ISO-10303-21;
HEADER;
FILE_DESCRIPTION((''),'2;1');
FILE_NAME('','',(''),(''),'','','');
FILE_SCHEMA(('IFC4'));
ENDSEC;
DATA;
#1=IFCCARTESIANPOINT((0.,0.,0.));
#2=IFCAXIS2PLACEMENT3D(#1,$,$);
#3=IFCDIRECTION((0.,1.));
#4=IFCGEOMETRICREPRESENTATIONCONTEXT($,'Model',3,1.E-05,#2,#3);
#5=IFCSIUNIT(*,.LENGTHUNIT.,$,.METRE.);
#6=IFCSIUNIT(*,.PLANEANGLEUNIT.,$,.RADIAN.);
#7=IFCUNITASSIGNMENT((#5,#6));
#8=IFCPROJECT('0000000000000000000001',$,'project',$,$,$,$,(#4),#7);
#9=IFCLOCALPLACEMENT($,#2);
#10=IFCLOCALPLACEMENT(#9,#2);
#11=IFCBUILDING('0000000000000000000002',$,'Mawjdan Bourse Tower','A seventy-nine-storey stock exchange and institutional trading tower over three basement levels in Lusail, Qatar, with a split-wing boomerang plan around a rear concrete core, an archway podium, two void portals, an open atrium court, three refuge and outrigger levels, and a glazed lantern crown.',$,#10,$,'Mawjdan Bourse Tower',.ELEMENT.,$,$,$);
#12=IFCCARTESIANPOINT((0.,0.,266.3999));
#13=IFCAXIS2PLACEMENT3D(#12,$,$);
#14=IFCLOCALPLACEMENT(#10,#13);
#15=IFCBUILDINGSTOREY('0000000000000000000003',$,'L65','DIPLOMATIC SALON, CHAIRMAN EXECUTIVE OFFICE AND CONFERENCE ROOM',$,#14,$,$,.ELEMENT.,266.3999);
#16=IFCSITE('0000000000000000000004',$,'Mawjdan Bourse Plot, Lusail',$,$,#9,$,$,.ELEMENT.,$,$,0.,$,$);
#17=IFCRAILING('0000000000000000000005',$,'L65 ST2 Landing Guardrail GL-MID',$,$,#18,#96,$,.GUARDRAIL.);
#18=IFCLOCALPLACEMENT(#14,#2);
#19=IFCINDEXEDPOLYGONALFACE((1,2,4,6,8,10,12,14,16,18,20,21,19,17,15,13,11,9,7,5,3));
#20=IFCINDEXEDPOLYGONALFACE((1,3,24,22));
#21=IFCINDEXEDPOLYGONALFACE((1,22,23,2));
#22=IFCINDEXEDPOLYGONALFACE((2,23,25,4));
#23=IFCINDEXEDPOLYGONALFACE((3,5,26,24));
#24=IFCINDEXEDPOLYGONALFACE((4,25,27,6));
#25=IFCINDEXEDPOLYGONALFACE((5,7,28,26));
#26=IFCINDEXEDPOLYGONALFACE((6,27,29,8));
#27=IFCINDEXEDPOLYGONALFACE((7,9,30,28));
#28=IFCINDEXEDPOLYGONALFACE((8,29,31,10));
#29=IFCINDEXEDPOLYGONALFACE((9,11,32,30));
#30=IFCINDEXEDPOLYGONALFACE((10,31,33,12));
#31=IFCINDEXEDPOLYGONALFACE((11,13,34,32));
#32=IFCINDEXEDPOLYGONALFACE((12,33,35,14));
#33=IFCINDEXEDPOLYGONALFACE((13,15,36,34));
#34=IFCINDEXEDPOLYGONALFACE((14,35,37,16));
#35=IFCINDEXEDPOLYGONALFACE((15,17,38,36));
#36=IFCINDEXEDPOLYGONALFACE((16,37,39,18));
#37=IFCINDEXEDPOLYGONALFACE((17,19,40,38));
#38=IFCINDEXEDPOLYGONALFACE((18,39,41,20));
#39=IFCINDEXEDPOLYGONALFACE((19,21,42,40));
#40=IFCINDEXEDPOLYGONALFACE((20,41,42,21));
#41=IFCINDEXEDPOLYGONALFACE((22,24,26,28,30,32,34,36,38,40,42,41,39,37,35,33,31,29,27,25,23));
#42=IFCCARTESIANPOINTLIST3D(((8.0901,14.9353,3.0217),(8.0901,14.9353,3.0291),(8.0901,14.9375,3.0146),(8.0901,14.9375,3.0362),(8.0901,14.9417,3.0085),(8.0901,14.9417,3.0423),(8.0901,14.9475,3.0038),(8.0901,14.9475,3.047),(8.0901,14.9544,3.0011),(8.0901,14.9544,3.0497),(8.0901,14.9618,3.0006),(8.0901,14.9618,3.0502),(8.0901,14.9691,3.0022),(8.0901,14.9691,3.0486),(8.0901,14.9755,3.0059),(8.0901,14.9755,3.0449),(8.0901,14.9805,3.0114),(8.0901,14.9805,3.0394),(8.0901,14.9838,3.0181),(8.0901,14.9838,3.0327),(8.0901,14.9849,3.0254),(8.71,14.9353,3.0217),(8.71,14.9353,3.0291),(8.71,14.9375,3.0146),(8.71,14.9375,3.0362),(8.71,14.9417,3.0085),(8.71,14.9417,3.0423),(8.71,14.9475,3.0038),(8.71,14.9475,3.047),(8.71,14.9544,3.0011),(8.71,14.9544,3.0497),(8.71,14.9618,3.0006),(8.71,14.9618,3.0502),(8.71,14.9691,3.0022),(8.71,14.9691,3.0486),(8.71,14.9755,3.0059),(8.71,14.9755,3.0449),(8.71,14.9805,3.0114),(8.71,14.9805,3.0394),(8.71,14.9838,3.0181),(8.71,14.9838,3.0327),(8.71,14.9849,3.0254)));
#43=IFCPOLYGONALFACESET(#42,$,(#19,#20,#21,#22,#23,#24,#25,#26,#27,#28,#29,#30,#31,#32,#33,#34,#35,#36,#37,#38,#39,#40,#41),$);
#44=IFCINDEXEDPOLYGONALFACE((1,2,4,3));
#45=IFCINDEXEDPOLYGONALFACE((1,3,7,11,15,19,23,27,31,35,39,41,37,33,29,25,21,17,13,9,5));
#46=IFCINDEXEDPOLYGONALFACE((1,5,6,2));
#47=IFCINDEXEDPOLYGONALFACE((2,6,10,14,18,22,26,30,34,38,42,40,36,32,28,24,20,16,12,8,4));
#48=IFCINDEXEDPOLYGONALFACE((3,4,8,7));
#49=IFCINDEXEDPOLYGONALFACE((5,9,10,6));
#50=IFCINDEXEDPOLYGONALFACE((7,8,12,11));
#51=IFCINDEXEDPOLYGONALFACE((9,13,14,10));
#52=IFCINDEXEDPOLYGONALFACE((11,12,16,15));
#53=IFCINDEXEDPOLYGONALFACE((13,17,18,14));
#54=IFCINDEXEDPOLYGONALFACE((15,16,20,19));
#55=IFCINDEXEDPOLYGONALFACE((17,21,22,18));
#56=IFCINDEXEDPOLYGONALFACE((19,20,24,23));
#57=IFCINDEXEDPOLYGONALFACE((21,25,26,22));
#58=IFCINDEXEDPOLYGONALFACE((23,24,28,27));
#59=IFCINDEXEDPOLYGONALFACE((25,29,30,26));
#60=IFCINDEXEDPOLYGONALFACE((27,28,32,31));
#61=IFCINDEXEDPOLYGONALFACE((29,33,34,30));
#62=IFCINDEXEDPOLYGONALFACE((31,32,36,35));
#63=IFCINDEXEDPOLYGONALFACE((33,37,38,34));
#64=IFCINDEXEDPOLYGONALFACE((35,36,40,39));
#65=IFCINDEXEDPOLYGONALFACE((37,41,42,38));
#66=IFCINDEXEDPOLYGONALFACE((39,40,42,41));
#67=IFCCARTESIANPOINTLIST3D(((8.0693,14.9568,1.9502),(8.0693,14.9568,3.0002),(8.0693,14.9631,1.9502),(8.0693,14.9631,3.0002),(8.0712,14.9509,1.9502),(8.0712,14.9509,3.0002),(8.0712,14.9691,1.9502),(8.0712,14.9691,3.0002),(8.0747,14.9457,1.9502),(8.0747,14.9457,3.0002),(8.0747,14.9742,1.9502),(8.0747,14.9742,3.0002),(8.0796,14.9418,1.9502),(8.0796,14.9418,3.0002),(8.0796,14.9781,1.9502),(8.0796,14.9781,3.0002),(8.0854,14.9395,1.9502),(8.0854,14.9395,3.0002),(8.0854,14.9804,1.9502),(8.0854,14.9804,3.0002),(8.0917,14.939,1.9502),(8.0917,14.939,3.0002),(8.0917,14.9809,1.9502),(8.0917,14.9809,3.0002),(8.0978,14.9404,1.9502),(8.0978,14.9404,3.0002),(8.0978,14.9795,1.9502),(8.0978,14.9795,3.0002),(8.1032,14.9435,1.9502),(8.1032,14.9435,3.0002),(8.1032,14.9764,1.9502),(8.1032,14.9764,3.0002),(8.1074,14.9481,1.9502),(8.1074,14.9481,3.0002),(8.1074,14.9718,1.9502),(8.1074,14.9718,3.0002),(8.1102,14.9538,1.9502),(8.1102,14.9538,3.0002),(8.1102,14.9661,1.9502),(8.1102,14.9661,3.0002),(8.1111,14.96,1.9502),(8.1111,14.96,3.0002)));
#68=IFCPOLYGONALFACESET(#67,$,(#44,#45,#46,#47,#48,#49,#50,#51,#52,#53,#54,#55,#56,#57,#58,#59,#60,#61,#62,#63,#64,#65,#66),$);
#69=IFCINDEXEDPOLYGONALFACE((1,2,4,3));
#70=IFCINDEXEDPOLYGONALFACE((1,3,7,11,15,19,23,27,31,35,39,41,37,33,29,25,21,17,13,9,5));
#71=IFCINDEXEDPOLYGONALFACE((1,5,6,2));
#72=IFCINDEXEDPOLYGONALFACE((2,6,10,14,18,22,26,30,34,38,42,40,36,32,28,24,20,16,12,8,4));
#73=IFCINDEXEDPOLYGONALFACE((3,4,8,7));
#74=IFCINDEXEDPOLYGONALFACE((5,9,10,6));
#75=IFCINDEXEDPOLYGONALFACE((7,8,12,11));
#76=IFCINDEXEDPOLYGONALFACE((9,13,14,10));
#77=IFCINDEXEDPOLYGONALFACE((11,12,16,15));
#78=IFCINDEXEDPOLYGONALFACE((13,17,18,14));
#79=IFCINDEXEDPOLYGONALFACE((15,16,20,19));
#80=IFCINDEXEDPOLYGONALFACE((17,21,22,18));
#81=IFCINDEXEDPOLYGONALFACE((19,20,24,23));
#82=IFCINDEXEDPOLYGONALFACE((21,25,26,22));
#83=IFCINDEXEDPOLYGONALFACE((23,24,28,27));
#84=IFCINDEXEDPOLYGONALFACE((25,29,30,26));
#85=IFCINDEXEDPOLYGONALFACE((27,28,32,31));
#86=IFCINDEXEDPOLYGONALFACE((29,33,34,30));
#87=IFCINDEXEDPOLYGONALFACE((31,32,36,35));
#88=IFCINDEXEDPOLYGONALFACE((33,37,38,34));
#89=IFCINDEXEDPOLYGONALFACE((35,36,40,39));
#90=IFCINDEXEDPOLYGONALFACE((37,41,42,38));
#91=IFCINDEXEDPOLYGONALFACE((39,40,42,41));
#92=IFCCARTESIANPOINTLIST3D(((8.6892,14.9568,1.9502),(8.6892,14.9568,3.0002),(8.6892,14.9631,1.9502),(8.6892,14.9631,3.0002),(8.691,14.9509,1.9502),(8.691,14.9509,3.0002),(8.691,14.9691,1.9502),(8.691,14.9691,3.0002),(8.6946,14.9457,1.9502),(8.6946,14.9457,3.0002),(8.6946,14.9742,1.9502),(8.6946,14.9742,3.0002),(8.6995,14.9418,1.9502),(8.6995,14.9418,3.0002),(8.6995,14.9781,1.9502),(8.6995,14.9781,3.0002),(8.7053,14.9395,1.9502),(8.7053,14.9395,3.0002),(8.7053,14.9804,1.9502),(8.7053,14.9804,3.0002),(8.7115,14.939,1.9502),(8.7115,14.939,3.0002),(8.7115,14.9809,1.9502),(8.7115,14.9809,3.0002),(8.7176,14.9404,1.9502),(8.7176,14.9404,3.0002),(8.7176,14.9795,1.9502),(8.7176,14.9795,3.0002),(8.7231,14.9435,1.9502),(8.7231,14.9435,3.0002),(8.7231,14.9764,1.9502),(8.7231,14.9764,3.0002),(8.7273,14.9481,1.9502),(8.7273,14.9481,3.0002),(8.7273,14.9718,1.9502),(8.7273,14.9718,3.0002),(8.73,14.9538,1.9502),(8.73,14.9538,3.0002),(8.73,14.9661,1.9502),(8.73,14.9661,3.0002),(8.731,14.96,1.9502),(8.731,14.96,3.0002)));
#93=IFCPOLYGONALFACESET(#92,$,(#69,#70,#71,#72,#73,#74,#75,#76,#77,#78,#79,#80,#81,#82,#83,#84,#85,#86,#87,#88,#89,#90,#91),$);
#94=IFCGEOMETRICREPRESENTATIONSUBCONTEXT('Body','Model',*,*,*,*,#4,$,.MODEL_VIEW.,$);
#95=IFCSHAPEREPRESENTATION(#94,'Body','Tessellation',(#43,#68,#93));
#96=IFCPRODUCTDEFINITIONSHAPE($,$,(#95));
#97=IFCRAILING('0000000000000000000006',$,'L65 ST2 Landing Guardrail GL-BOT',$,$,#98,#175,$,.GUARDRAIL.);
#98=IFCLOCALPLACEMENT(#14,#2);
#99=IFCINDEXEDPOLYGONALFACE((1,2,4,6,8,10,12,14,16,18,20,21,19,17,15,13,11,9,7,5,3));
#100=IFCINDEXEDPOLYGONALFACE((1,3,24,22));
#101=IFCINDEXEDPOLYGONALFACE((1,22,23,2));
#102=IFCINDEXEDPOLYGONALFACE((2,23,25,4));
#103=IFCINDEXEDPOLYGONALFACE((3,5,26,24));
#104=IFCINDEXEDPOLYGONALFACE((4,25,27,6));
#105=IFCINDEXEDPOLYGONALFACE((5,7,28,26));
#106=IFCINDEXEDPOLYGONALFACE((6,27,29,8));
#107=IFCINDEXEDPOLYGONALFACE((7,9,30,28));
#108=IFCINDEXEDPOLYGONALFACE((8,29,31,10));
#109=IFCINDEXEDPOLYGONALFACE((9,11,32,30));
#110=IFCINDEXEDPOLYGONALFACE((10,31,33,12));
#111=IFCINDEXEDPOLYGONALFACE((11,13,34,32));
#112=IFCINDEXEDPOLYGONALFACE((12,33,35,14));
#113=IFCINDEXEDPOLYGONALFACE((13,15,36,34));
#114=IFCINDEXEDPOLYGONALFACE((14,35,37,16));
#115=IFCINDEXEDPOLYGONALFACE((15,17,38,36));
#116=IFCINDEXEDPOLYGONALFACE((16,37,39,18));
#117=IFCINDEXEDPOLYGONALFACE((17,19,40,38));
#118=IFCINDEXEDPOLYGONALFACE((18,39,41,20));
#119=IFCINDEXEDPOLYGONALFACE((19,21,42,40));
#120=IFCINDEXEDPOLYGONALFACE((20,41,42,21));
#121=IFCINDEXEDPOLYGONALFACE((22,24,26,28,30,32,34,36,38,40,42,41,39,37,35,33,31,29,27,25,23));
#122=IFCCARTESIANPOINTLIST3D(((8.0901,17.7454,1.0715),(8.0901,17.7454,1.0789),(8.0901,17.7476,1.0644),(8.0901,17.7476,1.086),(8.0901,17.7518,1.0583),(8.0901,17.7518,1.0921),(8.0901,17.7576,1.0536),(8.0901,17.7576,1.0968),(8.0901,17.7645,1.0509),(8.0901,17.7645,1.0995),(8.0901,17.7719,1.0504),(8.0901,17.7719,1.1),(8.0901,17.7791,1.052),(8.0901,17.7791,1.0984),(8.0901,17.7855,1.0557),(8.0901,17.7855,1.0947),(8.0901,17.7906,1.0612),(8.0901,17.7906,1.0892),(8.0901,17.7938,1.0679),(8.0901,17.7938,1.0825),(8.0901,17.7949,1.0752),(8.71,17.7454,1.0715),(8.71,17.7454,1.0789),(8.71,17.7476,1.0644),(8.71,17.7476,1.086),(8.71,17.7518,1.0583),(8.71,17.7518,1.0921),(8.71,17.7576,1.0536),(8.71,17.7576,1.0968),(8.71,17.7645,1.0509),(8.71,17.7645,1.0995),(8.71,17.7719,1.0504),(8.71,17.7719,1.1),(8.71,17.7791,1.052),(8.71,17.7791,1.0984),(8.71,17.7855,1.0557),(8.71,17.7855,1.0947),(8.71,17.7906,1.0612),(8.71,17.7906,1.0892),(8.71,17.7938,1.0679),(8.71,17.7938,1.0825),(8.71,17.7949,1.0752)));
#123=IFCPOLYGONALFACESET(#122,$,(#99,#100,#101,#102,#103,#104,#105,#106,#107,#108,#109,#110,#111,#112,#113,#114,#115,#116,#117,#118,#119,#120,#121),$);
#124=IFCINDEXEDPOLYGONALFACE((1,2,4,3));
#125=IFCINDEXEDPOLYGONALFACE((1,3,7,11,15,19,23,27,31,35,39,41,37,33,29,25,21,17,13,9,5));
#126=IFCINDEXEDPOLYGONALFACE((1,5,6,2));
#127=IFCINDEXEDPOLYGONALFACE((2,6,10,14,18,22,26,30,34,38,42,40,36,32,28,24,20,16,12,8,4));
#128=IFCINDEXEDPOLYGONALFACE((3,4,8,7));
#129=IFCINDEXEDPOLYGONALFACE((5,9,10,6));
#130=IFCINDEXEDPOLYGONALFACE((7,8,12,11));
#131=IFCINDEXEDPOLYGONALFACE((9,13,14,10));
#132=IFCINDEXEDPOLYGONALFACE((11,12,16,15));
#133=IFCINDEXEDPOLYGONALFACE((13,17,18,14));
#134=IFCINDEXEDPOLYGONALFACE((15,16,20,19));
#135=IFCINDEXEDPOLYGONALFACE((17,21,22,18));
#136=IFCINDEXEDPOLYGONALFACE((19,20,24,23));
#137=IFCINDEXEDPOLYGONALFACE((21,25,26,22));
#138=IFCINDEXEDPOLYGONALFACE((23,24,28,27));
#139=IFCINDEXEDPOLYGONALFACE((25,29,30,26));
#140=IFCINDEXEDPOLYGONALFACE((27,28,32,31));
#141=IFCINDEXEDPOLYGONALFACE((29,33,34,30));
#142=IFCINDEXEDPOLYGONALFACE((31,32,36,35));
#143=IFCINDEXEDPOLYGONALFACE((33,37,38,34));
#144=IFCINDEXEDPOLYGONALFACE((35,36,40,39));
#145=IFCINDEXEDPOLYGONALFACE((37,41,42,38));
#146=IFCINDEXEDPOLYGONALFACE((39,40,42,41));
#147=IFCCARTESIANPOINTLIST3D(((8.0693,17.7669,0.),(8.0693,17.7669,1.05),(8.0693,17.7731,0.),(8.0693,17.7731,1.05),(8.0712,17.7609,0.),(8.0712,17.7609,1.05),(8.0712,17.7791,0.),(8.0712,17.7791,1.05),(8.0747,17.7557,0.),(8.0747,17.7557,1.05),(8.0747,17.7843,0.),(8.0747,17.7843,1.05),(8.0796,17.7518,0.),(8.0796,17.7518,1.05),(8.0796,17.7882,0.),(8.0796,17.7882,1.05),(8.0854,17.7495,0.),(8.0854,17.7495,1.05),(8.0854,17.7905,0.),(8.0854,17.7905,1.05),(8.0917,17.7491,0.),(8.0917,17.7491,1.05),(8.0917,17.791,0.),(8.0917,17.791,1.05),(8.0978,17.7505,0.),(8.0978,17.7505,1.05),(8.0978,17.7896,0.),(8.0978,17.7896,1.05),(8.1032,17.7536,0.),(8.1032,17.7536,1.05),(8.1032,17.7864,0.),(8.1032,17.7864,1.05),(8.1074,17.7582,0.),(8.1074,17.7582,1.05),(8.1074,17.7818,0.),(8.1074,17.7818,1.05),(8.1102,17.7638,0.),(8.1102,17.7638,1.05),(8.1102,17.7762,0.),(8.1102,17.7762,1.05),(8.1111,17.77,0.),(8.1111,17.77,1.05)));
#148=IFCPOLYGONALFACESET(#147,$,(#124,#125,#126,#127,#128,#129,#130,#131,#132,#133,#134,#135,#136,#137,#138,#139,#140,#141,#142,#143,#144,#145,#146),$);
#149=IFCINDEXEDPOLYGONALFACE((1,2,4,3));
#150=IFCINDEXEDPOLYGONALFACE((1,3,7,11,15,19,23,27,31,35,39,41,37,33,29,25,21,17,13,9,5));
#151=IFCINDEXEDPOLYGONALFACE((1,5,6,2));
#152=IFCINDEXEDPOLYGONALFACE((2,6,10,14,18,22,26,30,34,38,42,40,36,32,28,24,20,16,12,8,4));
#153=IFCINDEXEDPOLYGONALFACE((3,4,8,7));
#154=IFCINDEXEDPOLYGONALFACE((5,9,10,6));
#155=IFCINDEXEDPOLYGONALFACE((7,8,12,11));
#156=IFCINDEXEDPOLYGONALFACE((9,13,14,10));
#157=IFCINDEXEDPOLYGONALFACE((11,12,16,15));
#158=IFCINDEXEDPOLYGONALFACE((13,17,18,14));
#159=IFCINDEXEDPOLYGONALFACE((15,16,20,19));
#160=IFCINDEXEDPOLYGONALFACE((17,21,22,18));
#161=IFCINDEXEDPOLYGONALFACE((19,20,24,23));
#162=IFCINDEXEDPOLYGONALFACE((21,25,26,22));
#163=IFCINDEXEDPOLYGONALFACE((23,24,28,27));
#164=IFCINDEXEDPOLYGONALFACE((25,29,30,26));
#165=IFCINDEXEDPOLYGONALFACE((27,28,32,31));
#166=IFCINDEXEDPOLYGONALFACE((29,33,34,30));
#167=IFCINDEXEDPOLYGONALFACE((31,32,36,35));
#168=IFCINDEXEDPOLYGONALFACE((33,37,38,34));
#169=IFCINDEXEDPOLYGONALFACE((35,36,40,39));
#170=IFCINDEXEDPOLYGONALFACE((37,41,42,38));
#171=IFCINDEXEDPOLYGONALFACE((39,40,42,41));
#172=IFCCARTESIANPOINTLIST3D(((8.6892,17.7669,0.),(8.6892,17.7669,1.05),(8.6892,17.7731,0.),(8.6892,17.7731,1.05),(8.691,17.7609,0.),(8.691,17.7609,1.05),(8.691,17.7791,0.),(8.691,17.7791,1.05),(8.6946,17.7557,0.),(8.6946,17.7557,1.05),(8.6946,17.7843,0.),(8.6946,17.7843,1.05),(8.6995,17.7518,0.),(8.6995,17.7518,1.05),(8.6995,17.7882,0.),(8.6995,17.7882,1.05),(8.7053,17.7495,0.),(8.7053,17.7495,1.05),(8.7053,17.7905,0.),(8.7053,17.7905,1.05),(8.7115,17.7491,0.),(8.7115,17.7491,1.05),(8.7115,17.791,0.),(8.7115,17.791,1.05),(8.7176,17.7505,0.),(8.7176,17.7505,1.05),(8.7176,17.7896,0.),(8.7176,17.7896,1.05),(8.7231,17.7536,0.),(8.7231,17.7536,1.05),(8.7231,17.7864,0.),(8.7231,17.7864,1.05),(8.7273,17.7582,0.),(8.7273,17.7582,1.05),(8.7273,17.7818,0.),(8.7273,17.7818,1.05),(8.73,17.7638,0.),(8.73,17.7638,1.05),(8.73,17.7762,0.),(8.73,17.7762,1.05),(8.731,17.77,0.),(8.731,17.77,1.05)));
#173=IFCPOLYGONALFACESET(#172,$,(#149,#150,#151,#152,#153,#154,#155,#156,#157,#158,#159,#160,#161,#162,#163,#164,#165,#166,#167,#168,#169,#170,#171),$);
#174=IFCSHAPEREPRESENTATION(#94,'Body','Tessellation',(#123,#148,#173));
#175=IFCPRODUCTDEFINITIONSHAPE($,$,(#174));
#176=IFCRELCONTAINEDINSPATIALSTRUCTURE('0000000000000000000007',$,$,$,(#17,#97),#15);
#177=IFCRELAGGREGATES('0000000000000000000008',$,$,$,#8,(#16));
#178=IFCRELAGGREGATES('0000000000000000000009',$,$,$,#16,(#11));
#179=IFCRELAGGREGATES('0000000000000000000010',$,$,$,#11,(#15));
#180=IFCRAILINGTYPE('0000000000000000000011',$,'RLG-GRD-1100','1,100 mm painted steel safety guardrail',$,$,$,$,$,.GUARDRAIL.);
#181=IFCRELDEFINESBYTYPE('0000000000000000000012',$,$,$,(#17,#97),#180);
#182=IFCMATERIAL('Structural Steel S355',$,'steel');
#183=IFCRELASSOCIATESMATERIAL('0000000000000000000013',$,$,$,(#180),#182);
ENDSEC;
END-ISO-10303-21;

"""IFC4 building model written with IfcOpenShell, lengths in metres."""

from ifc_helpers import new_model, si_unit, direction, frame, origin, origin_2d, place, context, subcontext, project, spatial, circle, extrude, material, type_object, element, save


model = new_model("IFC4")

# Units and contexts
model_context = context("Model", 3, precision=1e-05, world=origin(), true_north=direction((0.0, 1.0)))
body_context = subcontext(model_context, "Body", "Model", "MODEL_VIEW")
ifc_project = project(units=[si_unit("LENGTHUNIT", "METRE"), si_unit("PLANEANGLEUNIT", "RADIAN")], contexts=[model_context])

# Site, building, storey
site_placement = place(None, origin())
site = spatial("IfcSite", under=ifc_project, at=site_placement, Name="Mawjdan Bourse Plot, Lusail", CompositionType="ELEMENT", RefElevation=0.0)
building_placement = place(site_placement, origin())
building = spatial("IfcBuilding", under=site, at=building_placement, Name="Mawjdan Bourse Tower", Description="A seventy-nine-storey stock exchange and institutional trading tower over three basement levels in Lusail, Qatar, with a split-wing boomerang plan around a rear concrete core, an archway podium, two void portals, an open atrium court, three refuge and outrigger levels, and a glazed lantern crown.", LongName="Mawjdan Bourse Tower", CompositionType="ELEMENT")
storey_placement = place(building_placement, frame((0.0, 0.0, 266.3999)))
storey = spatial("IfcBuildingStorey", under=building, at=storey_placement, Name="L65", Description="DIPLOMATIC SALON, CHAIRMAN EXECUTIVE OFFICE AND CONFERENCE ROOM", CompositionType="ELEMENT", Elevation=266.3999)

# Railings
ifc_material_1 = material(Name="Structural Steel S355", Category="steel")
railing_type_1 = type_object("IfcRailingType", Name="RLG-GRD-1100", Description="1,100 mm painted steel safety guardrail", PredefinedType="GUARDRAIL", material=ifc_material_1)
for number, where, name in (
    (1, (8.0901, 14.96, 1.9502), "L65 ST2 Landing Guardrail GL-MID"),
    (2, (8.0901, 17.77, 0.0), "L65 ST2 Landing Guardrail GL-BOT"),
):
    element("IfcRailing", number, at=place(storey_placement, frame(where)), inside=storey, type_object=railing_type_1, Name=name, PredefinedType="GUARDRAIL", context=body_context, shape_type="SweptSolid", body=[
        extrude(circle(Radius=0.0249, at=origin_2d()), frame((0.0, 0.0, 1.0752), z_axis=(1.0, 0.0, 0.0), x_axis=(0.0, 1.0, 0.0)), (0.0, 0.0, 1.0), 0.6199),
        extrude(circle(Radius=0.021, at=origin_2d()), origin(), (0.0, 0.0, 1.0), 1.05),
        extrude(circle(Radius=0.021, at=origin_2d()), frame((0.6199, 0.0, 0.0)), (0.0, 0.0, 1.0), 1.05),
    ])

save(model, "model.ifc")
